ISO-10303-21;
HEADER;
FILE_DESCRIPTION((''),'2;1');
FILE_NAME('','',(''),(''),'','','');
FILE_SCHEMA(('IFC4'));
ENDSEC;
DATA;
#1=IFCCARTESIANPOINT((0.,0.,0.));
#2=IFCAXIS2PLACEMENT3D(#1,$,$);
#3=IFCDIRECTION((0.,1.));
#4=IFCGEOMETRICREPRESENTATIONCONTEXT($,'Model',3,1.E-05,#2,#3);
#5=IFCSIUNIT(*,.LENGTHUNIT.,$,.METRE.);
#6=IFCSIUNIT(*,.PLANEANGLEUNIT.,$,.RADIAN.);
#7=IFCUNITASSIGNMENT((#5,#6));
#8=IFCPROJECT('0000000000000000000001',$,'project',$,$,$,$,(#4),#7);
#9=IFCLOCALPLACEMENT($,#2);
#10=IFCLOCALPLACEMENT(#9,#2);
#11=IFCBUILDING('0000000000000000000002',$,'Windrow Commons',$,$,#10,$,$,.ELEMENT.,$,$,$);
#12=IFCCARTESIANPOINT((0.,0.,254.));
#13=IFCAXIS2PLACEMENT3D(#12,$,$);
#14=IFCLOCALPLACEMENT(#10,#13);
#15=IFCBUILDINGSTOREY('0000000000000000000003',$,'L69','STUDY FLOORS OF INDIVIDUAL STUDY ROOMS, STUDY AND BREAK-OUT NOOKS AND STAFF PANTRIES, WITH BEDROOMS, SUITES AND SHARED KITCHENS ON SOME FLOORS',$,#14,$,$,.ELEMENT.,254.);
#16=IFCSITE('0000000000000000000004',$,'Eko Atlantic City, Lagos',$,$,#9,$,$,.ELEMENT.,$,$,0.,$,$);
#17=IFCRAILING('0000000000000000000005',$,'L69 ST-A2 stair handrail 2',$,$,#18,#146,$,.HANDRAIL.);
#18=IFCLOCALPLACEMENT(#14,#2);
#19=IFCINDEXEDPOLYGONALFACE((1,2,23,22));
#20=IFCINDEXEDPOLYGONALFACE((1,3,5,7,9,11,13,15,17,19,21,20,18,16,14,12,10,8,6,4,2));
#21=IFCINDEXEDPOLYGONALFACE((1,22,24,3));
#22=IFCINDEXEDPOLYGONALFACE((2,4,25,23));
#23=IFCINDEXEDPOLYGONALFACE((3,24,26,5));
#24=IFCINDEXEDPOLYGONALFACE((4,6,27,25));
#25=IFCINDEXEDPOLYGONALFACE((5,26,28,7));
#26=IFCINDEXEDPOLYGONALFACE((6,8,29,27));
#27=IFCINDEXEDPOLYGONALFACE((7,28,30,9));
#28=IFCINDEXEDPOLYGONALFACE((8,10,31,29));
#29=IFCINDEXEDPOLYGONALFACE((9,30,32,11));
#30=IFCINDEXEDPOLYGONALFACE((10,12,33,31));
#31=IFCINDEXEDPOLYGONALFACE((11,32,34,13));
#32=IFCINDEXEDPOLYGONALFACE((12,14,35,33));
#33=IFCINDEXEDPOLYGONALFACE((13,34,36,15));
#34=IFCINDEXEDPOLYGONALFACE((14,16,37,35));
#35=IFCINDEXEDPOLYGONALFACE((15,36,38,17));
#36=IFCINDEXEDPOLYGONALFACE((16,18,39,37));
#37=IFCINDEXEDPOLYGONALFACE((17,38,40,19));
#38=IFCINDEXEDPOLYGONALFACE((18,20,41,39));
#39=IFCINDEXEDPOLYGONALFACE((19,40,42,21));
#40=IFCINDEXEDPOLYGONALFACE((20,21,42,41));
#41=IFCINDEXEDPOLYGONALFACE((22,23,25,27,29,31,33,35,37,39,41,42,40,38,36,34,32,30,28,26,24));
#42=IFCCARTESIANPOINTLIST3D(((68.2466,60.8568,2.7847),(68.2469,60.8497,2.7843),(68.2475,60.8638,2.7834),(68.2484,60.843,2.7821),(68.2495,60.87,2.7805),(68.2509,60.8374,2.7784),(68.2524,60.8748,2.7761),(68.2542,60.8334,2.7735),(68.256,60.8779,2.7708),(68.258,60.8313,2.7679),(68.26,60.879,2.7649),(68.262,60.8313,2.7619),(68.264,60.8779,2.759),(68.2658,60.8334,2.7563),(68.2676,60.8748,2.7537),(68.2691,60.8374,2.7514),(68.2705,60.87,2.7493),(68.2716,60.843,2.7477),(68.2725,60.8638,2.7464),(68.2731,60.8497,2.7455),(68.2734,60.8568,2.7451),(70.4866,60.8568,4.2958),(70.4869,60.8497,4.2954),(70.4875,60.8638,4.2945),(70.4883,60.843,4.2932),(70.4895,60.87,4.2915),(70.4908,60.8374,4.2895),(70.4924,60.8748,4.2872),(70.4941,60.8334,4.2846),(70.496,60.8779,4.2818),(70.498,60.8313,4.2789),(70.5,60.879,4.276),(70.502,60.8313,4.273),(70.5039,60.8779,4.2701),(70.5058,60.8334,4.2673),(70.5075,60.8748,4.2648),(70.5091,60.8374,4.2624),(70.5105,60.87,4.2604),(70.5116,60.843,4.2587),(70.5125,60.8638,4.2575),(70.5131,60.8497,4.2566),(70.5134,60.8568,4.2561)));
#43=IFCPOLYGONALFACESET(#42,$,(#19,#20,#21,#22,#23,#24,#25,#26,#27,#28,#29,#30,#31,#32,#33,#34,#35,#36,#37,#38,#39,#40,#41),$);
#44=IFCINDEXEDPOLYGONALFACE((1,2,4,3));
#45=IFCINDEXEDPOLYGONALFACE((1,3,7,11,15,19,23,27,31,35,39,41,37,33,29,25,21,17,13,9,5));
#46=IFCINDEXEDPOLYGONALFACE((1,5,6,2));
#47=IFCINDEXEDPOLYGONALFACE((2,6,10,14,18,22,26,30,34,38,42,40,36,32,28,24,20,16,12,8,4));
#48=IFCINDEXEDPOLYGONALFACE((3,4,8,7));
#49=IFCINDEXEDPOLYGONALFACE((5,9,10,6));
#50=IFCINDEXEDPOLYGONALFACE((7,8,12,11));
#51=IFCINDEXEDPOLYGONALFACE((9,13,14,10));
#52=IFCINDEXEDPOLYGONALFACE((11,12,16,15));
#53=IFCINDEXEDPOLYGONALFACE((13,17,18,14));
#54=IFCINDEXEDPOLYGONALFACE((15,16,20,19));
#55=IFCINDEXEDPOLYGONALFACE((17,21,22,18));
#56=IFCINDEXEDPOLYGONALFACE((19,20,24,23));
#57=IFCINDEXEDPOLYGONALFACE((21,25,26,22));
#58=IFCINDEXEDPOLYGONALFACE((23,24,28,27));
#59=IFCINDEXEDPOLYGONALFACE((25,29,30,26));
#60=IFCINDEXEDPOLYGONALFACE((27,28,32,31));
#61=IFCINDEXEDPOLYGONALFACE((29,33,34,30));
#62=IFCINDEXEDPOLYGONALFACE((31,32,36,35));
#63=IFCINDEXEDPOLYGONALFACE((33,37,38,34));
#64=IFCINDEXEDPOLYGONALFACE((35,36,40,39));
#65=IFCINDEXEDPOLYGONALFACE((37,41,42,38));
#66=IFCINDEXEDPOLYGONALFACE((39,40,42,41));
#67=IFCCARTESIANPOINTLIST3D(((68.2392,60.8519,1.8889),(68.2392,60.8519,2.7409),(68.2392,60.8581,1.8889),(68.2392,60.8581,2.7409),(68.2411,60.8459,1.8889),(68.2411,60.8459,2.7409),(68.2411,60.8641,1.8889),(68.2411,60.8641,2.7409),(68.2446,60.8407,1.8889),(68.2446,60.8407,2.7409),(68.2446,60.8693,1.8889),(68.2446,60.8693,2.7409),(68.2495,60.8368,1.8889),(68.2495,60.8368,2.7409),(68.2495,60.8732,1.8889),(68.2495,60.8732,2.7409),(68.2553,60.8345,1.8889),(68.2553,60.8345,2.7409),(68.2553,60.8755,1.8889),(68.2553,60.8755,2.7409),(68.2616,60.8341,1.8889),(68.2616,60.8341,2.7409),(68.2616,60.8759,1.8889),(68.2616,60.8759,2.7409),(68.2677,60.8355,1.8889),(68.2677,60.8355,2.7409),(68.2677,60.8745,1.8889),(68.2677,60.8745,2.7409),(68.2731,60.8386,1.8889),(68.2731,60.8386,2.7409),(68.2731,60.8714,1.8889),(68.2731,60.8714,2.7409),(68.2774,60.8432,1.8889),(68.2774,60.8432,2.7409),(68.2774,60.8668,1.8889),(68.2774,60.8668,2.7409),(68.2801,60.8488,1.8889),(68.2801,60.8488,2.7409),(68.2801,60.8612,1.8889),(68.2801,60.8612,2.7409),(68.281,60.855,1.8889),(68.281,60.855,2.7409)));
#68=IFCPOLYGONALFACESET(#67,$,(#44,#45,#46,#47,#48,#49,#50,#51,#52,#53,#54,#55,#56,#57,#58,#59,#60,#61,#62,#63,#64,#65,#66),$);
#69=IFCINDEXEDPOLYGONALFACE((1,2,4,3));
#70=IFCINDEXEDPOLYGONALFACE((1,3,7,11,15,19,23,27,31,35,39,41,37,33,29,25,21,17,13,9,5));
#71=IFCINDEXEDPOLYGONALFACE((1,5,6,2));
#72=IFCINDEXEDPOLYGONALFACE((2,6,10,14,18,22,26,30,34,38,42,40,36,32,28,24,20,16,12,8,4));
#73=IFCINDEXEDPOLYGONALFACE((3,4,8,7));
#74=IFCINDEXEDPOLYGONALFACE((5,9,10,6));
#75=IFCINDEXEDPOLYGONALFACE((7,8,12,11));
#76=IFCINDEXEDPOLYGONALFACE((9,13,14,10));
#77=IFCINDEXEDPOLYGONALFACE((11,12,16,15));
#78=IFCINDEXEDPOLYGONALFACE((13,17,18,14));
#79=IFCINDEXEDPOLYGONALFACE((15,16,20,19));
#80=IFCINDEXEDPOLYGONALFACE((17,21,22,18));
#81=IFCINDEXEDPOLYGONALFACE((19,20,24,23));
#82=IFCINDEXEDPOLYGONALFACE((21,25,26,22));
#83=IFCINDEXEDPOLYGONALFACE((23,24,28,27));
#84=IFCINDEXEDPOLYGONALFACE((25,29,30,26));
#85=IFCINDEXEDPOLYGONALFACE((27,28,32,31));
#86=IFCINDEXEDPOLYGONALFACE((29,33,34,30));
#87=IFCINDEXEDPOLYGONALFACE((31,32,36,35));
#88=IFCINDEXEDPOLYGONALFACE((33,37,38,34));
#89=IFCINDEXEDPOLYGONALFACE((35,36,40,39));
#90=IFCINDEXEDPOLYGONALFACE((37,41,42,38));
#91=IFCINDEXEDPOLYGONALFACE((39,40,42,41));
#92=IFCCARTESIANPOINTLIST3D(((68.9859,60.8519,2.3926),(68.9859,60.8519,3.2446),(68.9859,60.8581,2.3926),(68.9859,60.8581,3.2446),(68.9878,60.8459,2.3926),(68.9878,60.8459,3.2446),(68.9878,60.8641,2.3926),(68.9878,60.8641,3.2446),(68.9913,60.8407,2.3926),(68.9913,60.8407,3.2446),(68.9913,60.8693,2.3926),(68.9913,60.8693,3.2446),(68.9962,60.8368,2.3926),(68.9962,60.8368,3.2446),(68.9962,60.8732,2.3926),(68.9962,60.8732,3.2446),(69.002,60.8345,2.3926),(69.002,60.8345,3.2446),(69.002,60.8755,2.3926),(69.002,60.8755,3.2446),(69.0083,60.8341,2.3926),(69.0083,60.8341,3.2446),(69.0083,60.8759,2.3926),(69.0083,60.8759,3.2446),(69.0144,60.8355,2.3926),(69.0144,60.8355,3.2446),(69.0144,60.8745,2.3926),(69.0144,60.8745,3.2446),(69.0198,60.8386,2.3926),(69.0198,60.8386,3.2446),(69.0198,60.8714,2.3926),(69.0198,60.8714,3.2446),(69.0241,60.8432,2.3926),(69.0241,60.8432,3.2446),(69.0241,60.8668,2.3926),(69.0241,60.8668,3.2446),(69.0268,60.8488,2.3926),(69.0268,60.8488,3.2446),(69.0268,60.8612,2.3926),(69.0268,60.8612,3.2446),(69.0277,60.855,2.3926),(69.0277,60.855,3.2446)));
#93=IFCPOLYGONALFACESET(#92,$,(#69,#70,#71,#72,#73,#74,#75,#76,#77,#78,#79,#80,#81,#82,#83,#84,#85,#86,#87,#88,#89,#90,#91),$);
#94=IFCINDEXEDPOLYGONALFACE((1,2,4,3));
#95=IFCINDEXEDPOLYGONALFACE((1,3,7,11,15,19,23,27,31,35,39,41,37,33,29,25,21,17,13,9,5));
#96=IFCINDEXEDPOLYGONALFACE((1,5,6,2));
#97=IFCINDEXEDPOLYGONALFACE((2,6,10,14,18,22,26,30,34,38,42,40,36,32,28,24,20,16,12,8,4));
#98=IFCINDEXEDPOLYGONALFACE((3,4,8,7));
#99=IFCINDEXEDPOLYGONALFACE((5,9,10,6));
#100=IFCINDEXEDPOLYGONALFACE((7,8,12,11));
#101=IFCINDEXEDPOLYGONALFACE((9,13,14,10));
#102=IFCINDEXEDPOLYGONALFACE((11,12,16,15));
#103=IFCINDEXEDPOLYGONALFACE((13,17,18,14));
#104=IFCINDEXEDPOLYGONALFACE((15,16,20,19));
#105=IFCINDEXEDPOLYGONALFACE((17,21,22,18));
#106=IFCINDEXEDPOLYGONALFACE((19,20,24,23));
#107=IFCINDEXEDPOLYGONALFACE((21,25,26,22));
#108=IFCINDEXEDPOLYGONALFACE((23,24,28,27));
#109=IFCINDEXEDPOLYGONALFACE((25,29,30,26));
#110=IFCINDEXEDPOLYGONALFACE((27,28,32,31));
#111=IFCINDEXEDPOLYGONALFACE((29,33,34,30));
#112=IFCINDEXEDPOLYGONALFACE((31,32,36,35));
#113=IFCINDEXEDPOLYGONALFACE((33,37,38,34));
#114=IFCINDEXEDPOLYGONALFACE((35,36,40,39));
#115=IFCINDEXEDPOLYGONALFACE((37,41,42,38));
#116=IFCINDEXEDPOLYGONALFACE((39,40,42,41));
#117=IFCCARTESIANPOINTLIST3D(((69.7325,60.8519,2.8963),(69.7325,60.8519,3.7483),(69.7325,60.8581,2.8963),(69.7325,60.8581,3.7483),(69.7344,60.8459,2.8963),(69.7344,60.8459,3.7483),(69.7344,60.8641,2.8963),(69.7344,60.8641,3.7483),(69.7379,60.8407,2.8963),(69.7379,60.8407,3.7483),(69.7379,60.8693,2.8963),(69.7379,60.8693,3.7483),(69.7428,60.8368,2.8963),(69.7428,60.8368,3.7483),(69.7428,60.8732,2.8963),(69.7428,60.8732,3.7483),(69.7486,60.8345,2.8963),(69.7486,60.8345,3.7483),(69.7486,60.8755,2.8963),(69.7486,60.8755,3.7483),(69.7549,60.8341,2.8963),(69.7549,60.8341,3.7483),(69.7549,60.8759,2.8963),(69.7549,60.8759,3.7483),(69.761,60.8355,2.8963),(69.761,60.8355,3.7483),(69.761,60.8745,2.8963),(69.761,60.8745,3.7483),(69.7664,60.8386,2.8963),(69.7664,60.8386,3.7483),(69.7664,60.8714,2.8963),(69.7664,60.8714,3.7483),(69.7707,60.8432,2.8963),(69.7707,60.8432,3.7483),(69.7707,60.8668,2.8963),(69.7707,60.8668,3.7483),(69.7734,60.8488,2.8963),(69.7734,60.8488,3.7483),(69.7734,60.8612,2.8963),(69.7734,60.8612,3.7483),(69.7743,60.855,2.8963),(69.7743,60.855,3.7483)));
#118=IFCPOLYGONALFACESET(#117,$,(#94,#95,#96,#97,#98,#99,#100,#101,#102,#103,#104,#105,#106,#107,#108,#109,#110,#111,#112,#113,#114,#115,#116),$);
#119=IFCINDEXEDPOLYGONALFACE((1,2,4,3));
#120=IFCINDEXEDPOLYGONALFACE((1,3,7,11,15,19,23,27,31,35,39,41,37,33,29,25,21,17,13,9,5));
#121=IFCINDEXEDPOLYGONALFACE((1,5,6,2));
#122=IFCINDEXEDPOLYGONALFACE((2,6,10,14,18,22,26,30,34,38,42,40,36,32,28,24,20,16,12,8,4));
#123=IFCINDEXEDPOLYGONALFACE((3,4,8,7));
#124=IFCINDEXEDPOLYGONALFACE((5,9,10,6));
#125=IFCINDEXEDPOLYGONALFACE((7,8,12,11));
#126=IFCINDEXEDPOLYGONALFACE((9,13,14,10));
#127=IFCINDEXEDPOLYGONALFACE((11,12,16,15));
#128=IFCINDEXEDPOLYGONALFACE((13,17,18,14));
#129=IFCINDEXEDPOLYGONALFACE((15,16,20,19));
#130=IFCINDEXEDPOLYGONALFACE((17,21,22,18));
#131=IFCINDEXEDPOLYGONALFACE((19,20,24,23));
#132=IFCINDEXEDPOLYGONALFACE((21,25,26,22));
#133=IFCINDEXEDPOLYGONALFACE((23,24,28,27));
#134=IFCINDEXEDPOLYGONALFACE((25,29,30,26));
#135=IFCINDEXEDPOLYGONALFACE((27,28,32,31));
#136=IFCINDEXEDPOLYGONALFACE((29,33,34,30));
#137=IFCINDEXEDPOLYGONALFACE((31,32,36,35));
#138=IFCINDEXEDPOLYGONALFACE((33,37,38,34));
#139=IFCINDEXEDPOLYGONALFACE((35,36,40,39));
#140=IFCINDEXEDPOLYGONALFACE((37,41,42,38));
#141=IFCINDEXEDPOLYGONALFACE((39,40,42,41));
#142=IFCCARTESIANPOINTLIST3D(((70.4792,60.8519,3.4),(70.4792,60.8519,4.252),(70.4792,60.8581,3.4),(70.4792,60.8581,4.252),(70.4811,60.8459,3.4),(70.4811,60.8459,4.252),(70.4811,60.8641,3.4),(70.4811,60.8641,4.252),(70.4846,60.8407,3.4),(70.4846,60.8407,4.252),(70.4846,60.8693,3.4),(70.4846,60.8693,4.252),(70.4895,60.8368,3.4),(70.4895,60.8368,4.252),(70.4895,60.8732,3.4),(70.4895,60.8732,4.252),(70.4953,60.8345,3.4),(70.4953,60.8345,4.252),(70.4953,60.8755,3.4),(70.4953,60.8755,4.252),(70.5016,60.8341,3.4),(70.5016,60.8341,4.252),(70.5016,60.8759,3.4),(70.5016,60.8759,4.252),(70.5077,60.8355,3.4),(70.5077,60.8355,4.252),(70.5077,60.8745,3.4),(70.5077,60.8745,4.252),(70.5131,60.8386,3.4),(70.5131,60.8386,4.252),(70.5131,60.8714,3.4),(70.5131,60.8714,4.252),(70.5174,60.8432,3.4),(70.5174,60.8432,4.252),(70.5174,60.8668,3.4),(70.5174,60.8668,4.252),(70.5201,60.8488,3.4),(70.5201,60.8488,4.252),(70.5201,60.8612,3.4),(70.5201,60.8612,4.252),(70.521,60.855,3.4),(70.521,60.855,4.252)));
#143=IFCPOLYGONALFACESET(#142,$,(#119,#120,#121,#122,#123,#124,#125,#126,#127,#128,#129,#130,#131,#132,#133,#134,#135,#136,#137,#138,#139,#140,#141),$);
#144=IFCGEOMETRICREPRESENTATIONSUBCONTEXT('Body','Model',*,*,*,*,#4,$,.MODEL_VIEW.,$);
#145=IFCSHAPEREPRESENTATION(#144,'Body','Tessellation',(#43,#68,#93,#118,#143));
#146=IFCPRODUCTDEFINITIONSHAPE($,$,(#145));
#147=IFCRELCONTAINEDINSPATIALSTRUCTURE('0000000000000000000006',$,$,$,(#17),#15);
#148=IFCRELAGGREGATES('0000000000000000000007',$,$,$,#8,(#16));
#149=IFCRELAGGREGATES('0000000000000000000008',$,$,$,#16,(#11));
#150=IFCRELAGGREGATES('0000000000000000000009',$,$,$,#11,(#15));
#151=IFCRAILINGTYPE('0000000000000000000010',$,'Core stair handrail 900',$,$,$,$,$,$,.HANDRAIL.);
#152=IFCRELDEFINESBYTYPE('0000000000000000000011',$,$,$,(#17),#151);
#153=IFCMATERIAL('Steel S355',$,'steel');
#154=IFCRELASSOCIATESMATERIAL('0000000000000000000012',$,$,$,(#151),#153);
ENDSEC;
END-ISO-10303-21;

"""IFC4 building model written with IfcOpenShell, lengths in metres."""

from ifc_helpers import new_model, si_unit, direction, frame, origin, origin_2d, place, context, subcontext, project, spatial, circle, extrude, material, type_object, element, save


model = new_model("IFC4")

# Units and contexts
model_context = context("Model", 3, precision=1e-05, world=origin(), true_north=direction((0.0, 1.0)))
body_context = subcontext(model_context, "Body", "Model", "MODEL_VIEW")
ifc_project = project(units=[si_unit("LENGTHUNIT", "METRE"), si_unit("PLANEANGLEUNIT", "RADIAN")], contexts=[model_context])

# Site, building, storey
site_placement = place(None, origin())
site = spatial("IfcSite", under=ifc_project, at=site_placement, Name="Eko Atlantic City, Lagos", CompositionType="ELEMENT", RefElevation=0.0)
building_placement = place(site_placement, origin())
building = spatial("IfcBuilding", under=site, at=building_placement, Name="Windrow Commons", CompositionType="ELEMENT")
storey_placement = place(building_placement, frame((0.0, 0.0, 254.0)))
storey = spatial("IfcBuildingStorey", under=building, at=storey_placement, Name="L69", Description="STUDY FLOORS OF INDIVIDUAL STUDY ROOMS, STUDY AND BREAK-OUT NOOKS AND STAFF PANTRIES, WITH BEDROOMS, SUITES AND SHARED KITCHENS ON SOME FLOORS", CompositionType="ELEMENT", Elevation=254.0)

# Railing
ifc_material_1 = material(Name="Steel S355", Category="steel")
railing_type_1 = type_object("IfcRailingType", Name="Core stair handrail 900", PredefinedType="HANDRAIL", material=ifc_material_1)
for number, where, name in (
    (1, (68.26, 60.855, 1.8889), "L69 ST-A2 stair handrail 2"),
):
    element("IfcRailing", number, at=place(storey_placement, frame(where)), inside=storey, type_object=railing_type_1, Name=name, PredefinedType="HANDRAIL", context=body_context, shape_type="SweptSolid", body=[
        extrude(circle(Radius=0.024, at=origin_2d()), frame((0.0, 0.0, 0.876), z_axis=(0.829003, 0.0, 0.559244), x_axis=(0.0, 1.0, 0.0)), (0.0, 0.0, 1.0), 2.702),
        extrude(circle(Radius=0.021, at=origin_2d()), origin(), (0.0, 0.0, 1.0), 0.852),
        extrude(circle(Radius=0.021, at=origin_2d()), frame((0.7467, 0.0, 0.5037)), (0.0, 0.0, 1.0), 0.852),
        extrude(circle(Radius=0.021, at=origin_2d()), frame((1.4933, 0.0, 1.0074)), (0.0, 0.0, 1.0), 0.852),
        extrude(circle(Radius=0.021, at=origin_2d()), frame((2.24, 0.0, 1.5111)), (0.0, 0.0, 1.0), 0.852),
    ])

save(model, "model.ifc")
